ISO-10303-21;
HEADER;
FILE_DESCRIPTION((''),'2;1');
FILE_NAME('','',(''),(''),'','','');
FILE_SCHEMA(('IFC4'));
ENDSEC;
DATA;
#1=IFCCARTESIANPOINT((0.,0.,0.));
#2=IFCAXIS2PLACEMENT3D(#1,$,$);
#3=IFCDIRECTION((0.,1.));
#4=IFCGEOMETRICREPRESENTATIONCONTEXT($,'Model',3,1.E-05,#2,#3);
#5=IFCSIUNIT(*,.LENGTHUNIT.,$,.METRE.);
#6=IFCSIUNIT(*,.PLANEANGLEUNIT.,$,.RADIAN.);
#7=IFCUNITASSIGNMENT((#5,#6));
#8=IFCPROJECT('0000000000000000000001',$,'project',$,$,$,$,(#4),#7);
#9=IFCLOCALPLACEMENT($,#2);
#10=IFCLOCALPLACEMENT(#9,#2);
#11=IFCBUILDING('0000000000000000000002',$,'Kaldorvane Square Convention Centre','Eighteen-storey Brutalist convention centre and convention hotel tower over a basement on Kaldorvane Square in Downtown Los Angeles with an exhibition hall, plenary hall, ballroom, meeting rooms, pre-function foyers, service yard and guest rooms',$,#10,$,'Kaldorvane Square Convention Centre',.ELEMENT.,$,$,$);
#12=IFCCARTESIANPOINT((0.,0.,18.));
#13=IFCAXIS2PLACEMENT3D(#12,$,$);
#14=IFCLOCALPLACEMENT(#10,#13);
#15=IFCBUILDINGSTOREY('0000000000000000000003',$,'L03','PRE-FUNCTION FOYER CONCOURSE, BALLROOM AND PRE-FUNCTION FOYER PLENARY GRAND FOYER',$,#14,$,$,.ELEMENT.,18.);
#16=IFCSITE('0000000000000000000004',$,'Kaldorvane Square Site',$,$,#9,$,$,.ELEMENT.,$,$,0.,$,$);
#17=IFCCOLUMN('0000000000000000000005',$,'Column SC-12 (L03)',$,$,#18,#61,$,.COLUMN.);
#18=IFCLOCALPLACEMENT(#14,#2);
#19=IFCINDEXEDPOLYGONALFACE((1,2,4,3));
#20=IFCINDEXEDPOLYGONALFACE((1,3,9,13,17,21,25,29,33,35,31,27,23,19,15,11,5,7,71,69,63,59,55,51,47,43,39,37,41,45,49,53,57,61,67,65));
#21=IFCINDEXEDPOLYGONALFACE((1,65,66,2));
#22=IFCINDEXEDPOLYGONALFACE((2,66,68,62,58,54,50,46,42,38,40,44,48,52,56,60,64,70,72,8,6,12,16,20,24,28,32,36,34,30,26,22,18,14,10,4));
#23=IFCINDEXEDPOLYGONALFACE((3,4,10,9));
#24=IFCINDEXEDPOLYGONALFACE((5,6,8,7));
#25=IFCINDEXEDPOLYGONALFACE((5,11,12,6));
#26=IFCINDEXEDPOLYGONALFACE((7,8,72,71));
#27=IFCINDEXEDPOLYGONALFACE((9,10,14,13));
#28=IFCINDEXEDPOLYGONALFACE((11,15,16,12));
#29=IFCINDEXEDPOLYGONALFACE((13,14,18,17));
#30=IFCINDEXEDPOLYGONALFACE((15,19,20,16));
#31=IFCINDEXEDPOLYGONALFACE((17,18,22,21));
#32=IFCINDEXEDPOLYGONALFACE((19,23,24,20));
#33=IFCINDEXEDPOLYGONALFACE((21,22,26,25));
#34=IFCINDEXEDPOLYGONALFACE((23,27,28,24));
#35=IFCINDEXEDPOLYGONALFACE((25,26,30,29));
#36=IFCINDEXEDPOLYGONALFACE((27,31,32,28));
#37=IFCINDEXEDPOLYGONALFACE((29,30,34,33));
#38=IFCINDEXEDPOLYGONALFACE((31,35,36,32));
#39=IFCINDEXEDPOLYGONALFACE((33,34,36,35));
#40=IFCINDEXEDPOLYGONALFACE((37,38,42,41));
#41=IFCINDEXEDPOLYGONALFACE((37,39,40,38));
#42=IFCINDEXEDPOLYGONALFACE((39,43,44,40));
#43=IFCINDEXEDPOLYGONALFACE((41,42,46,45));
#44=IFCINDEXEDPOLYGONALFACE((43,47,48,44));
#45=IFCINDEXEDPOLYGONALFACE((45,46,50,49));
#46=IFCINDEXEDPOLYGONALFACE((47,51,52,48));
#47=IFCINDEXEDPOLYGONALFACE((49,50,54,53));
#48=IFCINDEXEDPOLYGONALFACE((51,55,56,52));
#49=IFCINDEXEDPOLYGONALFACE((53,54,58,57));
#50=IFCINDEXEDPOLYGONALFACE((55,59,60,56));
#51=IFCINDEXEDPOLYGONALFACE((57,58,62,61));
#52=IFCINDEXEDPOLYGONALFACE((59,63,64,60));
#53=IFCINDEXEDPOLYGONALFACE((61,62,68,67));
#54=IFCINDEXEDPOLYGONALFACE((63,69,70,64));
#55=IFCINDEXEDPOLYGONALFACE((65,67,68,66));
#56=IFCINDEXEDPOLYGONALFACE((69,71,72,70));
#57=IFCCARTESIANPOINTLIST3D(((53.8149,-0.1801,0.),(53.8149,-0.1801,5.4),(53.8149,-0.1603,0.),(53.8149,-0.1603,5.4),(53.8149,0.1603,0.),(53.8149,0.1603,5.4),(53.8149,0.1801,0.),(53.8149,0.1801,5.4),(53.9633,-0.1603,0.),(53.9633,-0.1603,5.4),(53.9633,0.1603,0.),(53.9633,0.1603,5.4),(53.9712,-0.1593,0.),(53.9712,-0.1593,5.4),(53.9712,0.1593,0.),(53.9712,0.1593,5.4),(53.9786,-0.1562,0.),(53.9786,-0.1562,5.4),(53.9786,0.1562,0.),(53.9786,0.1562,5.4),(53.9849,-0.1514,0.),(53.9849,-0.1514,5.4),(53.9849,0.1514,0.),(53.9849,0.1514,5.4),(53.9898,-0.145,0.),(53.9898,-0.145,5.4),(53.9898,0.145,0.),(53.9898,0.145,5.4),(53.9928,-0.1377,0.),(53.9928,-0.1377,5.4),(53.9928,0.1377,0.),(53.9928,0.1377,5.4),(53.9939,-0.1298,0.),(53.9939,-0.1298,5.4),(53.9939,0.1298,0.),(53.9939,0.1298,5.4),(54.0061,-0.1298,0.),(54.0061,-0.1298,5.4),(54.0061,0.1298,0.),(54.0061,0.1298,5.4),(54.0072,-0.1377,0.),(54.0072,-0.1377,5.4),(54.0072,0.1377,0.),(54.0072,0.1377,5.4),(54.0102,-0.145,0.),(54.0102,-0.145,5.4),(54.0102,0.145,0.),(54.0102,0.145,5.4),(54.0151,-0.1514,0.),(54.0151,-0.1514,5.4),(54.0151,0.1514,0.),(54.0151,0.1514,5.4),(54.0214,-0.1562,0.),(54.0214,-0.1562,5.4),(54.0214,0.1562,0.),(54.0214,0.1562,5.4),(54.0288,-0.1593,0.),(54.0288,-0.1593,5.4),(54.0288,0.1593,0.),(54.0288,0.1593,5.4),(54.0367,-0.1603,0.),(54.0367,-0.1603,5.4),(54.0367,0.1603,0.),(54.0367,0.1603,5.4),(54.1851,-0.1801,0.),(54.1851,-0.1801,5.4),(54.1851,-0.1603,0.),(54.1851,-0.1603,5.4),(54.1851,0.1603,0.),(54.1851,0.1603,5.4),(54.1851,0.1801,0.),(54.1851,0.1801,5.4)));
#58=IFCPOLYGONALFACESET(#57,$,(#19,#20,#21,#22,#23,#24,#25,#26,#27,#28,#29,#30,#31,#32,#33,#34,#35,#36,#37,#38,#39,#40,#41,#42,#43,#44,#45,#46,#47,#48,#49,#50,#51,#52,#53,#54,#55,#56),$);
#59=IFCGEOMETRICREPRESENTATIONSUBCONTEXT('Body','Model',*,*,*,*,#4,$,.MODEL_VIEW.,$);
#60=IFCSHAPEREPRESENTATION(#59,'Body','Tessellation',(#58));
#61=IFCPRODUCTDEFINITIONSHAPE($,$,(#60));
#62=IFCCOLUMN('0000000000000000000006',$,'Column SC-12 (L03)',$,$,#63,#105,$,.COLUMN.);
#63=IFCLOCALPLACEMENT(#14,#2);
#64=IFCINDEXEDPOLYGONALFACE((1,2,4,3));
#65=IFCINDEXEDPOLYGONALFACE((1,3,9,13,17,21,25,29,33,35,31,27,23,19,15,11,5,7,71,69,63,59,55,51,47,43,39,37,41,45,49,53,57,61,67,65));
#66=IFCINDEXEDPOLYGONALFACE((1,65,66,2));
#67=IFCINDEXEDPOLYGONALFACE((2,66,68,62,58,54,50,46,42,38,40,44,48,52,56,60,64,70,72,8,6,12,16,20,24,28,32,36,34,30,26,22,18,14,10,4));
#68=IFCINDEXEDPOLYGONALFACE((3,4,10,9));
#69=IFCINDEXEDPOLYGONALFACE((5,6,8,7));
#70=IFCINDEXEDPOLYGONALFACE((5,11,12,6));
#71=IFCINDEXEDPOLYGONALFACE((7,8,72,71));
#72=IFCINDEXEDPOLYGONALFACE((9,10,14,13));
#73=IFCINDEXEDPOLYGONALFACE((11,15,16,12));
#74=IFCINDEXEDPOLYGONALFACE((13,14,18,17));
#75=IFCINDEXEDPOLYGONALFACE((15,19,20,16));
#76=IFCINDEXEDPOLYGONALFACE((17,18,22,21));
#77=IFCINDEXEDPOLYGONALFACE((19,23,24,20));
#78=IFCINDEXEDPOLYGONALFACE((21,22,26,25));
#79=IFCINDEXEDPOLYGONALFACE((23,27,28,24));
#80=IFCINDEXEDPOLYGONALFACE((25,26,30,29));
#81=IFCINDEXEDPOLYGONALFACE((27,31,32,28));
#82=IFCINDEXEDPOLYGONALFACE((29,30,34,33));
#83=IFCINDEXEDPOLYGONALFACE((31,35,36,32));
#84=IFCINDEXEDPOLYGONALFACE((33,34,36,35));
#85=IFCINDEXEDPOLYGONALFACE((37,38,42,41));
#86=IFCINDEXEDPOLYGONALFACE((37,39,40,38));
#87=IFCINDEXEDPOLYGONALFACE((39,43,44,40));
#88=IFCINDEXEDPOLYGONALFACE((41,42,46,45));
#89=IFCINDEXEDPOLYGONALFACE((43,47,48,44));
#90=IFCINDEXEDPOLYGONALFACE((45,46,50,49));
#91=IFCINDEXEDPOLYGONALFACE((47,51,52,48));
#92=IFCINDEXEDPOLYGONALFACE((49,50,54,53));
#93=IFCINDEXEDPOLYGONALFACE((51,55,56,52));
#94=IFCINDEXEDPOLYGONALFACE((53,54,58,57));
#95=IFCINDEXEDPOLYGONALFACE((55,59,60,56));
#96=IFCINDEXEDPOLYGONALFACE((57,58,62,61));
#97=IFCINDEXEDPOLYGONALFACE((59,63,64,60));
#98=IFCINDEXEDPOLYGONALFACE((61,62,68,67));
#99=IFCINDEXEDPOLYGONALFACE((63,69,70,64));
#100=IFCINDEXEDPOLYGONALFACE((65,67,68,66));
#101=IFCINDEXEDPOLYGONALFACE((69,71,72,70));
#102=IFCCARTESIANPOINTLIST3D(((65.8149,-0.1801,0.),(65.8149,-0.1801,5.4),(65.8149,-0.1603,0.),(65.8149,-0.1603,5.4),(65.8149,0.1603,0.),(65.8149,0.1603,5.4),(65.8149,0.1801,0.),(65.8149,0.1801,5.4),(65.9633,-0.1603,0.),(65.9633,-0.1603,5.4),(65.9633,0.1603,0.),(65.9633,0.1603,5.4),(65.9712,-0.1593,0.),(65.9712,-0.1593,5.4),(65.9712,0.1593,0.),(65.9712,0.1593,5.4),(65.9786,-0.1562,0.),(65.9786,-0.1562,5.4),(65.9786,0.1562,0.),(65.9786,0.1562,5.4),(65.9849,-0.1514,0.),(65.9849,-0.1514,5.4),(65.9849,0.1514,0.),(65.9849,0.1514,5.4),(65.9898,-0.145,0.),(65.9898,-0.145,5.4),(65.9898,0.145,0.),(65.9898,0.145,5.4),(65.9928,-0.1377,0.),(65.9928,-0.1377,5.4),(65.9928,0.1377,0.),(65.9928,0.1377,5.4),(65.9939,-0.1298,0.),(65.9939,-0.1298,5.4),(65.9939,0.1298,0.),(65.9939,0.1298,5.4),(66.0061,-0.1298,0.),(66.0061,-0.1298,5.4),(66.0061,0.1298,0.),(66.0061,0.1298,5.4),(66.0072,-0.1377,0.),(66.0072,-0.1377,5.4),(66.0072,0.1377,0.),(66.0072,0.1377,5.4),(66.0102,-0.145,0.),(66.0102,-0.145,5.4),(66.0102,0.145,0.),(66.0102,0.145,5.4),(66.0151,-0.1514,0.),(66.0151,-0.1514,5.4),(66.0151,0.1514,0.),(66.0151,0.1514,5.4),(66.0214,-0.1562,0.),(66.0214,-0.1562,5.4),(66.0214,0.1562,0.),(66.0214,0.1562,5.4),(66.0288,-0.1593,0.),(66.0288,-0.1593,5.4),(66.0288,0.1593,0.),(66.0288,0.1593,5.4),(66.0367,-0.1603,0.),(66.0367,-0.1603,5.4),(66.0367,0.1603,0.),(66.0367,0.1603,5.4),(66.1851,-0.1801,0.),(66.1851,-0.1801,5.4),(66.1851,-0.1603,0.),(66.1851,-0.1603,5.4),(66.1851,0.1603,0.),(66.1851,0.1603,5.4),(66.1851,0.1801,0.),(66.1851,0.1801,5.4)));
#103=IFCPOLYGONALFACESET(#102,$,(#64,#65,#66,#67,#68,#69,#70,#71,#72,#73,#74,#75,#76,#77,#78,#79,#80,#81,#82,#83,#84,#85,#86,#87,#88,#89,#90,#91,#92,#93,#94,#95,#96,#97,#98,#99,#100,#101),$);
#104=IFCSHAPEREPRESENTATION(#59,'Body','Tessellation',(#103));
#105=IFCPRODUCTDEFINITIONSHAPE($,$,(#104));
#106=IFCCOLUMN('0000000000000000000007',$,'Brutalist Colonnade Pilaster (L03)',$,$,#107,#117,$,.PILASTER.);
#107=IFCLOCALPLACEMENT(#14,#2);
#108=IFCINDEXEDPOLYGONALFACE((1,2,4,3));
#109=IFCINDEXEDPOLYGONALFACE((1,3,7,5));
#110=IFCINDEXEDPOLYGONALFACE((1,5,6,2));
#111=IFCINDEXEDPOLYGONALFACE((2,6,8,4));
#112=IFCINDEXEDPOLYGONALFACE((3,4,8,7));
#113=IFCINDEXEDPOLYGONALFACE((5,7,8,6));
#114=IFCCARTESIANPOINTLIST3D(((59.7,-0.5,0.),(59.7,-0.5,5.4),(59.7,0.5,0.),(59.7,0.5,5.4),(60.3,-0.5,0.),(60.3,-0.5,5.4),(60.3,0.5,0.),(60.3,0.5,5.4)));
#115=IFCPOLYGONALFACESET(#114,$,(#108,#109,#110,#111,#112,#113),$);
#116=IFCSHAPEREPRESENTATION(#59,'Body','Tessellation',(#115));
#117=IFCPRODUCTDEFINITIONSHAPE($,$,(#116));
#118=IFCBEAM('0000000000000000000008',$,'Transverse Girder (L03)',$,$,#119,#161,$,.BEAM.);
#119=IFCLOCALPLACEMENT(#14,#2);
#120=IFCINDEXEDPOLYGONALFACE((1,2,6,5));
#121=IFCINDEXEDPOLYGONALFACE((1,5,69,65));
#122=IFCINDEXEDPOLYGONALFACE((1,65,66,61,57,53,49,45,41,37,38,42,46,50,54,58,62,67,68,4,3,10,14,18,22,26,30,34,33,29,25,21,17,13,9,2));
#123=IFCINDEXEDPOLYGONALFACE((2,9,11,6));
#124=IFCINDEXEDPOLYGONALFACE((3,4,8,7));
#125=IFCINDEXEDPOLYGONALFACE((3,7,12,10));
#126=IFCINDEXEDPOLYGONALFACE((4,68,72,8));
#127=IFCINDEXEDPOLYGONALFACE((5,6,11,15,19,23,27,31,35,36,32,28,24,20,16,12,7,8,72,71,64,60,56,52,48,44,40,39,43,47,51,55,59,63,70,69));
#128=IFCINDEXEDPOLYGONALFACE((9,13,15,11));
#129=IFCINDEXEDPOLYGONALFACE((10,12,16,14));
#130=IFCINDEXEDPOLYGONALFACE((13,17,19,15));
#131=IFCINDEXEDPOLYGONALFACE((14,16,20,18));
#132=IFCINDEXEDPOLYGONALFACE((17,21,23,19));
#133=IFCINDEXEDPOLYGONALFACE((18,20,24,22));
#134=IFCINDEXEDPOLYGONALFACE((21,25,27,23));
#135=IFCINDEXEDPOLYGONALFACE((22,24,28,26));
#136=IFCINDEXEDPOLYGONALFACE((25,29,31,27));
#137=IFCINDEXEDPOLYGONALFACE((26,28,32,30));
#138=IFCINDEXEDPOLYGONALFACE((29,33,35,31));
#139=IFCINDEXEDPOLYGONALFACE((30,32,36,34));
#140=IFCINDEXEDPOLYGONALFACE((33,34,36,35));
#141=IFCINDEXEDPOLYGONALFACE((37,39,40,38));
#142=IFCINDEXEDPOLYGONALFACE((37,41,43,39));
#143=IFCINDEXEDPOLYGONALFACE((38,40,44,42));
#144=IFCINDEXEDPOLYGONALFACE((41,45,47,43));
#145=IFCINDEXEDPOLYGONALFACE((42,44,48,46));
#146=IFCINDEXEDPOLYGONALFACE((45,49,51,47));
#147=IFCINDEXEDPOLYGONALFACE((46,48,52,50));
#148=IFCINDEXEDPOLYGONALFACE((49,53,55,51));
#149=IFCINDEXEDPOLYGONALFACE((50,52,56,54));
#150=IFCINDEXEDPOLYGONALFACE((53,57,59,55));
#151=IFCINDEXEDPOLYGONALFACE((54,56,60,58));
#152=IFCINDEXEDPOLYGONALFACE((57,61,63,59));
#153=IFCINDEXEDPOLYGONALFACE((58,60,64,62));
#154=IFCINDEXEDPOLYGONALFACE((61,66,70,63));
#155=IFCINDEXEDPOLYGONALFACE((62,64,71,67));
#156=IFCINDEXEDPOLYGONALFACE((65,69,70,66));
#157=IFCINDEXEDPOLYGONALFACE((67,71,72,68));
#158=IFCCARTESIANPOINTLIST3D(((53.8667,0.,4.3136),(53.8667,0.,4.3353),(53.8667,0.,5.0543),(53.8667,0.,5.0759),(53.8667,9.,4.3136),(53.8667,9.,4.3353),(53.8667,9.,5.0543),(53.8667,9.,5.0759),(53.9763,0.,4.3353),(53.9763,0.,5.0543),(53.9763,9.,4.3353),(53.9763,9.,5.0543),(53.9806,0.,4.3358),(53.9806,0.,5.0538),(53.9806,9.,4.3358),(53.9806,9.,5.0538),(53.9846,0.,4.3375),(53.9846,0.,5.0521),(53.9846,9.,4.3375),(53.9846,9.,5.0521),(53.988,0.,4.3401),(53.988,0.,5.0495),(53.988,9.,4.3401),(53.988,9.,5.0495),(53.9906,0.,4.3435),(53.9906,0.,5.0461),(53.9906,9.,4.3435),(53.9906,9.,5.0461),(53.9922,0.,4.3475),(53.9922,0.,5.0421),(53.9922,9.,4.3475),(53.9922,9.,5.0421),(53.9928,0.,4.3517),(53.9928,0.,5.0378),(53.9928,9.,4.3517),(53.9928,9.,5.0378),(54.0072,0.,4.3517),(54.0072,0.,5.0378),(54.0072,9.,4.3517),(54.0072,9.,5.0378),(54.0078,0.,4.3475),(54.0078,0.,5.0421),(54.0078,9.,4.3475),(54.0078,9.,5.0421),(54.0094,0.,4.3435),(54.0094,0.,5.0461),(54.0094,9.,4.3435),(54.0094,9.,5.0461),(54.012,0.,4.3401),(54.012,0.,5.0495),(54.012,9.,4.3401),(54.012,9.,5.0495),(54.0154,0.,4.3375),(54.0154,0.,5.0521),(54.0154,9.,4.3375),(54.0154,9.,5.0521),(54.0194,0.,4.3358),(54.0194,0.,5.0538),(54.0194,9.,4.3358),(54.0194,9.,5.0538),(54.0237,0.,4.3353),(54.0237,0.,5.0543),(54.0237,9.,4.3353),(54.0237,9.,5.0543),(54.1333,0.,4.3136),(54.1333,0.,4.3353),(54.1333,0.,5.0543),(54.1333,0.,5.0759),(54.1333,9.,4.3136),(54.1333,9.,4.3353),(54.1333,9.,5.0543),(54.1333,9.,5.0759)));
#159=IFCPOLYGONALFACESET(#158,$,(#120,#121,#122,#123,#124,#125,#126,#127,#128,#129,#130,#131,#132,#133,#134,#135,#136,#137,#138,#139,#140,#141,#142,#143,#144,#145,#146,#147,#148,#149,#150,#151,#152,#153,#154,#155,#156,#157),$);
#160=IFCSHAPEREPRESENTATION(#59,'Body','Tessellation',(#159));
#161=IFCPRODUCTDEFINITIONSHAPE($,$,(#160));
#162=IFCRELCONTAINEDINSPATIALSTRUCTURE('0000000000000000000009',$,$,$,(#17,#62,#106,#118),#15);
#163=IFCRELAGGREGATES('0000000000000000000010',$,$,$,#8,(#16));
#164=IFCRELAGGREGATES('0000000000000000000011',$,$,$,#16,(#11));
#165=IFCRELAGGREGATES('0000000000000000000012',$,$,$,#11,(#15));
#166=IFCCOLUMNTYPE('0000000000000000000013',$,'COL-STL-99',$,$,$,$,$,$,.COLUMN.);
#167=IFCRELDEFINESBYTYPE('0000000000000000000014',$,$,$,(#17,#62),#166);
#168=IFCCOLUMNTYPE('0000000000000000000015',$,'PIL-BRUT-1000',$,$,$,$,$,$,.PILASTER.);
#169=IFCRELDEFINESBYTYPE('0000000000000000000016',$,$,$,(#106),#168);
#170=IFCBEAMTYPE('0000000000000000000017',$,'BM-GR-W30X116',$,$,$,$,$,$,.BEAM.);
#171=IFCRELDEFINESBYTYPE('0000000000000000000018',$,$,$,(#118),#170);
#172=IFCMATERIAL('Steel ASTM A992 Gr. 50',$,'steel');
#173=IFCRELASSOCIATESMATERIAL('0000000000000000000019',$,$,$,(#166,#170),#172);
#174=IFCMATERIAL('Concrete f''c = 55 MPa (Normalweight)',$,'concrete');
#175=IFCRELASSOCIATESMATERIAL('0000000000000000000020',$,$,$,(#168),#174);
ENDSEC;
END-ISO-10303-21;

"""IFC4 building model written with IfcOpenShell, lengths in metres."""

from ifc_helpers import new_model, si_unit, direction, frame, origin, origin_2d, place, context, subcontext, project, spatial, rectangle, i_section, extrude, material, material_profile, profile_set, type_object, element, save


model = new_model("IFC4")

# Units and contexts
model_context = context("Model", 3, precision=1e-05, world=origin(), true_north=direction((0.0, 1.0)))
body_context = subcontext(model_context, "Body", "Model", "MODEL_VIEW")
ifc_project = project(units=[si_unit("LENGTHUNIT", "METRE"), si_unit("PLANEANGLEUNIT", "RADIAN")], contexts=[model_context])

# Site, building, storey
site_placement = place(None, origin())
site = spatial("IfcSite", under=ifc_project, at=site_placement, Name="Kaldorvane Square Site", CompositionType="ELEMENT", RefElevation=0.0)
building_placement = place(site_placement, origin())
building = spatial("IfcBuilding", under=site, at=building_placement, Name="Kaldorvane Square Convention Centre", Description="Eighteen-storey Brutalist convention centre and convention hotel tower over a basement on Kaldorvane Square in Downtown Los Angeles with an exhibition hall, plenary hall, ballroom, meeting rooms, pre-function foyers, service yard and guest rooms", LongName="Kaldorvane Square Convention Centre", CompositionType="ELEMENT")
storey_placement = place(building_placement, frame((0.0, 0.0, 18.0)))
storey = spatial("IfcBuildingStorey", under=building, at=storey_placement, Name="L03", Description="PRE-FUNCTION FOYER CONCOURSE, BALLROOM AND PRE-FUNCTION FOYER PLENARY GRAND FOYER", CompositionType="ELEMENT", Elevation=18.0)

# Columns
ifc_material_1 = material(Name="Steel ASTM A992 Gr. 50", Category="steel")
ifc_material_profile_1 = material_profile(ifc_material_1, i_section(OverallWidth=0.3701, OverallDepth=0.3602, WebThickness=0.0123, FlangeThickness=0.0198, FilletRadius=0.0305, at=origin_2d()), Name="W14X99")
ifc_profile_set_1 = profile_set([ifc_material_profile_1], Name="Steel ASTM A992 Gr. 50")
column_type_1 = type_object("IfcColumnType", Name="COL-STL-99", PredefinedType="COLUMN", material=ifc_profile_set_1)
for number, where, z_axis, x_axis, name in (
    (1, (54.0, 0.0, 0.0), (0.0, 0.0, 1.0), (1.0, 0.0, 0.0), "Column SC-12 (L03)"),
    (2, (66.0, 0.0, 0.0), (0.0, 0.0, 1.0), (1.0, 0.0, 0.0), "Column SC-12 (L03)"),
):
    element("IfcColumn", number, at=place(storey_placement, frame(where, z_axis=z_axis, x_axis=x_axis)), inside=storey, type_object=column_type_1, Name=name, PredefinedType="COLUMN", context=body_context, shape_type="SweptSolid", body=[
        extrude(i_section(OverallWidth=0.3701, OverallDepth=0.3602, WebThickness=0.0123, FlangeThickness=0.0198, FilletRadius=0.0305, at=origin_2d()), origin(), (0.0, 0.0, 1.0), 5.4),
    ])
ifc_material_2 = material(Name="Concrete f'c = 55 MPa (Normalweight)", Category="concrete")
ifc_material_profile_2 = material_profile(ifc_material_2, rectangle(XDim=0.6, YDim=1.0, at=origin_2d()), Name="PIL1000X600")
ifc_profile_set_2 = profile_set([ifc_material_profile_2], Name="Concrete f'c = 55 MPa (Normalweight)")
column_type_2 = type_object("IfcColumnType", Name="PIL-BRUT-1000", PredefinedType="PILASTER", material=ifc_profile_set_2)
column_placement = place(storey_placement, frame((60.0, 0.0, 0.0), z_axis=(0.0, 0.0, 1.0), x_axis=(1.0, 0.0, 0.0)))
element("IfcColumn", 3, at=column_placement, inside=storey, type_object=column_type_2, Name="Brutalist Colonnade Pilaster (L03)", PredefinedType="PILASTER", context=body_context, shape_type="SweptSolid", body=[
    extrude(rectangle(XDim=0.6, YDim=1.0, at=origin_2d()), origin(), (0.0, 0.0, 1.0), 5.4),
])

# Beam
ifc_material_profile_3 = material_profile(ifc_material_1, i_section(OverallWidth=0.2666, OverallDepth=0.7623, WebThickness=0.0144, FlangeThickness=0.0216, FilletRadius=0.0165, at=origin_2d()), Name="W30X116")
ifc_profile_set_3 = profile_set([ifc_material_profile_3], Name="Steel ASTM A992 Gr. 50")
beam_type_1 = type_object("IfcBeamType", Name="BM-GR-W30X116", PredefinedType="BEAM", material=ifc_profile_set_3)
for number, where, z_axis, x_axis, name in (
    (4, (54.0, 0.0, 4.6948), (0.0, 1.0, 0.0), (-1.0, 0.0, 0.0), "Transverse Girder (L03)"),
):
    element("IfcBeam", number, at=place(storey_placement, frame(where, z_axis=z_axis, x_axis=x_axis)), inside=storey, type_object=beam_type_1, Name=name, PredefinedType="BEAM", context=body_context, shape_type="SweptSolid", body=[
        extrude(i_section(OverallWidth=0.2666, OverallDepth=0.7623, WebThickness=0.0144, FlangeThickness=0.0216, FilletRadius=0.0165, at=origin_2d()), origin(), (0.0, 0.0, 1.0), 9.0),
    ])

save(model, "model.ifc")
